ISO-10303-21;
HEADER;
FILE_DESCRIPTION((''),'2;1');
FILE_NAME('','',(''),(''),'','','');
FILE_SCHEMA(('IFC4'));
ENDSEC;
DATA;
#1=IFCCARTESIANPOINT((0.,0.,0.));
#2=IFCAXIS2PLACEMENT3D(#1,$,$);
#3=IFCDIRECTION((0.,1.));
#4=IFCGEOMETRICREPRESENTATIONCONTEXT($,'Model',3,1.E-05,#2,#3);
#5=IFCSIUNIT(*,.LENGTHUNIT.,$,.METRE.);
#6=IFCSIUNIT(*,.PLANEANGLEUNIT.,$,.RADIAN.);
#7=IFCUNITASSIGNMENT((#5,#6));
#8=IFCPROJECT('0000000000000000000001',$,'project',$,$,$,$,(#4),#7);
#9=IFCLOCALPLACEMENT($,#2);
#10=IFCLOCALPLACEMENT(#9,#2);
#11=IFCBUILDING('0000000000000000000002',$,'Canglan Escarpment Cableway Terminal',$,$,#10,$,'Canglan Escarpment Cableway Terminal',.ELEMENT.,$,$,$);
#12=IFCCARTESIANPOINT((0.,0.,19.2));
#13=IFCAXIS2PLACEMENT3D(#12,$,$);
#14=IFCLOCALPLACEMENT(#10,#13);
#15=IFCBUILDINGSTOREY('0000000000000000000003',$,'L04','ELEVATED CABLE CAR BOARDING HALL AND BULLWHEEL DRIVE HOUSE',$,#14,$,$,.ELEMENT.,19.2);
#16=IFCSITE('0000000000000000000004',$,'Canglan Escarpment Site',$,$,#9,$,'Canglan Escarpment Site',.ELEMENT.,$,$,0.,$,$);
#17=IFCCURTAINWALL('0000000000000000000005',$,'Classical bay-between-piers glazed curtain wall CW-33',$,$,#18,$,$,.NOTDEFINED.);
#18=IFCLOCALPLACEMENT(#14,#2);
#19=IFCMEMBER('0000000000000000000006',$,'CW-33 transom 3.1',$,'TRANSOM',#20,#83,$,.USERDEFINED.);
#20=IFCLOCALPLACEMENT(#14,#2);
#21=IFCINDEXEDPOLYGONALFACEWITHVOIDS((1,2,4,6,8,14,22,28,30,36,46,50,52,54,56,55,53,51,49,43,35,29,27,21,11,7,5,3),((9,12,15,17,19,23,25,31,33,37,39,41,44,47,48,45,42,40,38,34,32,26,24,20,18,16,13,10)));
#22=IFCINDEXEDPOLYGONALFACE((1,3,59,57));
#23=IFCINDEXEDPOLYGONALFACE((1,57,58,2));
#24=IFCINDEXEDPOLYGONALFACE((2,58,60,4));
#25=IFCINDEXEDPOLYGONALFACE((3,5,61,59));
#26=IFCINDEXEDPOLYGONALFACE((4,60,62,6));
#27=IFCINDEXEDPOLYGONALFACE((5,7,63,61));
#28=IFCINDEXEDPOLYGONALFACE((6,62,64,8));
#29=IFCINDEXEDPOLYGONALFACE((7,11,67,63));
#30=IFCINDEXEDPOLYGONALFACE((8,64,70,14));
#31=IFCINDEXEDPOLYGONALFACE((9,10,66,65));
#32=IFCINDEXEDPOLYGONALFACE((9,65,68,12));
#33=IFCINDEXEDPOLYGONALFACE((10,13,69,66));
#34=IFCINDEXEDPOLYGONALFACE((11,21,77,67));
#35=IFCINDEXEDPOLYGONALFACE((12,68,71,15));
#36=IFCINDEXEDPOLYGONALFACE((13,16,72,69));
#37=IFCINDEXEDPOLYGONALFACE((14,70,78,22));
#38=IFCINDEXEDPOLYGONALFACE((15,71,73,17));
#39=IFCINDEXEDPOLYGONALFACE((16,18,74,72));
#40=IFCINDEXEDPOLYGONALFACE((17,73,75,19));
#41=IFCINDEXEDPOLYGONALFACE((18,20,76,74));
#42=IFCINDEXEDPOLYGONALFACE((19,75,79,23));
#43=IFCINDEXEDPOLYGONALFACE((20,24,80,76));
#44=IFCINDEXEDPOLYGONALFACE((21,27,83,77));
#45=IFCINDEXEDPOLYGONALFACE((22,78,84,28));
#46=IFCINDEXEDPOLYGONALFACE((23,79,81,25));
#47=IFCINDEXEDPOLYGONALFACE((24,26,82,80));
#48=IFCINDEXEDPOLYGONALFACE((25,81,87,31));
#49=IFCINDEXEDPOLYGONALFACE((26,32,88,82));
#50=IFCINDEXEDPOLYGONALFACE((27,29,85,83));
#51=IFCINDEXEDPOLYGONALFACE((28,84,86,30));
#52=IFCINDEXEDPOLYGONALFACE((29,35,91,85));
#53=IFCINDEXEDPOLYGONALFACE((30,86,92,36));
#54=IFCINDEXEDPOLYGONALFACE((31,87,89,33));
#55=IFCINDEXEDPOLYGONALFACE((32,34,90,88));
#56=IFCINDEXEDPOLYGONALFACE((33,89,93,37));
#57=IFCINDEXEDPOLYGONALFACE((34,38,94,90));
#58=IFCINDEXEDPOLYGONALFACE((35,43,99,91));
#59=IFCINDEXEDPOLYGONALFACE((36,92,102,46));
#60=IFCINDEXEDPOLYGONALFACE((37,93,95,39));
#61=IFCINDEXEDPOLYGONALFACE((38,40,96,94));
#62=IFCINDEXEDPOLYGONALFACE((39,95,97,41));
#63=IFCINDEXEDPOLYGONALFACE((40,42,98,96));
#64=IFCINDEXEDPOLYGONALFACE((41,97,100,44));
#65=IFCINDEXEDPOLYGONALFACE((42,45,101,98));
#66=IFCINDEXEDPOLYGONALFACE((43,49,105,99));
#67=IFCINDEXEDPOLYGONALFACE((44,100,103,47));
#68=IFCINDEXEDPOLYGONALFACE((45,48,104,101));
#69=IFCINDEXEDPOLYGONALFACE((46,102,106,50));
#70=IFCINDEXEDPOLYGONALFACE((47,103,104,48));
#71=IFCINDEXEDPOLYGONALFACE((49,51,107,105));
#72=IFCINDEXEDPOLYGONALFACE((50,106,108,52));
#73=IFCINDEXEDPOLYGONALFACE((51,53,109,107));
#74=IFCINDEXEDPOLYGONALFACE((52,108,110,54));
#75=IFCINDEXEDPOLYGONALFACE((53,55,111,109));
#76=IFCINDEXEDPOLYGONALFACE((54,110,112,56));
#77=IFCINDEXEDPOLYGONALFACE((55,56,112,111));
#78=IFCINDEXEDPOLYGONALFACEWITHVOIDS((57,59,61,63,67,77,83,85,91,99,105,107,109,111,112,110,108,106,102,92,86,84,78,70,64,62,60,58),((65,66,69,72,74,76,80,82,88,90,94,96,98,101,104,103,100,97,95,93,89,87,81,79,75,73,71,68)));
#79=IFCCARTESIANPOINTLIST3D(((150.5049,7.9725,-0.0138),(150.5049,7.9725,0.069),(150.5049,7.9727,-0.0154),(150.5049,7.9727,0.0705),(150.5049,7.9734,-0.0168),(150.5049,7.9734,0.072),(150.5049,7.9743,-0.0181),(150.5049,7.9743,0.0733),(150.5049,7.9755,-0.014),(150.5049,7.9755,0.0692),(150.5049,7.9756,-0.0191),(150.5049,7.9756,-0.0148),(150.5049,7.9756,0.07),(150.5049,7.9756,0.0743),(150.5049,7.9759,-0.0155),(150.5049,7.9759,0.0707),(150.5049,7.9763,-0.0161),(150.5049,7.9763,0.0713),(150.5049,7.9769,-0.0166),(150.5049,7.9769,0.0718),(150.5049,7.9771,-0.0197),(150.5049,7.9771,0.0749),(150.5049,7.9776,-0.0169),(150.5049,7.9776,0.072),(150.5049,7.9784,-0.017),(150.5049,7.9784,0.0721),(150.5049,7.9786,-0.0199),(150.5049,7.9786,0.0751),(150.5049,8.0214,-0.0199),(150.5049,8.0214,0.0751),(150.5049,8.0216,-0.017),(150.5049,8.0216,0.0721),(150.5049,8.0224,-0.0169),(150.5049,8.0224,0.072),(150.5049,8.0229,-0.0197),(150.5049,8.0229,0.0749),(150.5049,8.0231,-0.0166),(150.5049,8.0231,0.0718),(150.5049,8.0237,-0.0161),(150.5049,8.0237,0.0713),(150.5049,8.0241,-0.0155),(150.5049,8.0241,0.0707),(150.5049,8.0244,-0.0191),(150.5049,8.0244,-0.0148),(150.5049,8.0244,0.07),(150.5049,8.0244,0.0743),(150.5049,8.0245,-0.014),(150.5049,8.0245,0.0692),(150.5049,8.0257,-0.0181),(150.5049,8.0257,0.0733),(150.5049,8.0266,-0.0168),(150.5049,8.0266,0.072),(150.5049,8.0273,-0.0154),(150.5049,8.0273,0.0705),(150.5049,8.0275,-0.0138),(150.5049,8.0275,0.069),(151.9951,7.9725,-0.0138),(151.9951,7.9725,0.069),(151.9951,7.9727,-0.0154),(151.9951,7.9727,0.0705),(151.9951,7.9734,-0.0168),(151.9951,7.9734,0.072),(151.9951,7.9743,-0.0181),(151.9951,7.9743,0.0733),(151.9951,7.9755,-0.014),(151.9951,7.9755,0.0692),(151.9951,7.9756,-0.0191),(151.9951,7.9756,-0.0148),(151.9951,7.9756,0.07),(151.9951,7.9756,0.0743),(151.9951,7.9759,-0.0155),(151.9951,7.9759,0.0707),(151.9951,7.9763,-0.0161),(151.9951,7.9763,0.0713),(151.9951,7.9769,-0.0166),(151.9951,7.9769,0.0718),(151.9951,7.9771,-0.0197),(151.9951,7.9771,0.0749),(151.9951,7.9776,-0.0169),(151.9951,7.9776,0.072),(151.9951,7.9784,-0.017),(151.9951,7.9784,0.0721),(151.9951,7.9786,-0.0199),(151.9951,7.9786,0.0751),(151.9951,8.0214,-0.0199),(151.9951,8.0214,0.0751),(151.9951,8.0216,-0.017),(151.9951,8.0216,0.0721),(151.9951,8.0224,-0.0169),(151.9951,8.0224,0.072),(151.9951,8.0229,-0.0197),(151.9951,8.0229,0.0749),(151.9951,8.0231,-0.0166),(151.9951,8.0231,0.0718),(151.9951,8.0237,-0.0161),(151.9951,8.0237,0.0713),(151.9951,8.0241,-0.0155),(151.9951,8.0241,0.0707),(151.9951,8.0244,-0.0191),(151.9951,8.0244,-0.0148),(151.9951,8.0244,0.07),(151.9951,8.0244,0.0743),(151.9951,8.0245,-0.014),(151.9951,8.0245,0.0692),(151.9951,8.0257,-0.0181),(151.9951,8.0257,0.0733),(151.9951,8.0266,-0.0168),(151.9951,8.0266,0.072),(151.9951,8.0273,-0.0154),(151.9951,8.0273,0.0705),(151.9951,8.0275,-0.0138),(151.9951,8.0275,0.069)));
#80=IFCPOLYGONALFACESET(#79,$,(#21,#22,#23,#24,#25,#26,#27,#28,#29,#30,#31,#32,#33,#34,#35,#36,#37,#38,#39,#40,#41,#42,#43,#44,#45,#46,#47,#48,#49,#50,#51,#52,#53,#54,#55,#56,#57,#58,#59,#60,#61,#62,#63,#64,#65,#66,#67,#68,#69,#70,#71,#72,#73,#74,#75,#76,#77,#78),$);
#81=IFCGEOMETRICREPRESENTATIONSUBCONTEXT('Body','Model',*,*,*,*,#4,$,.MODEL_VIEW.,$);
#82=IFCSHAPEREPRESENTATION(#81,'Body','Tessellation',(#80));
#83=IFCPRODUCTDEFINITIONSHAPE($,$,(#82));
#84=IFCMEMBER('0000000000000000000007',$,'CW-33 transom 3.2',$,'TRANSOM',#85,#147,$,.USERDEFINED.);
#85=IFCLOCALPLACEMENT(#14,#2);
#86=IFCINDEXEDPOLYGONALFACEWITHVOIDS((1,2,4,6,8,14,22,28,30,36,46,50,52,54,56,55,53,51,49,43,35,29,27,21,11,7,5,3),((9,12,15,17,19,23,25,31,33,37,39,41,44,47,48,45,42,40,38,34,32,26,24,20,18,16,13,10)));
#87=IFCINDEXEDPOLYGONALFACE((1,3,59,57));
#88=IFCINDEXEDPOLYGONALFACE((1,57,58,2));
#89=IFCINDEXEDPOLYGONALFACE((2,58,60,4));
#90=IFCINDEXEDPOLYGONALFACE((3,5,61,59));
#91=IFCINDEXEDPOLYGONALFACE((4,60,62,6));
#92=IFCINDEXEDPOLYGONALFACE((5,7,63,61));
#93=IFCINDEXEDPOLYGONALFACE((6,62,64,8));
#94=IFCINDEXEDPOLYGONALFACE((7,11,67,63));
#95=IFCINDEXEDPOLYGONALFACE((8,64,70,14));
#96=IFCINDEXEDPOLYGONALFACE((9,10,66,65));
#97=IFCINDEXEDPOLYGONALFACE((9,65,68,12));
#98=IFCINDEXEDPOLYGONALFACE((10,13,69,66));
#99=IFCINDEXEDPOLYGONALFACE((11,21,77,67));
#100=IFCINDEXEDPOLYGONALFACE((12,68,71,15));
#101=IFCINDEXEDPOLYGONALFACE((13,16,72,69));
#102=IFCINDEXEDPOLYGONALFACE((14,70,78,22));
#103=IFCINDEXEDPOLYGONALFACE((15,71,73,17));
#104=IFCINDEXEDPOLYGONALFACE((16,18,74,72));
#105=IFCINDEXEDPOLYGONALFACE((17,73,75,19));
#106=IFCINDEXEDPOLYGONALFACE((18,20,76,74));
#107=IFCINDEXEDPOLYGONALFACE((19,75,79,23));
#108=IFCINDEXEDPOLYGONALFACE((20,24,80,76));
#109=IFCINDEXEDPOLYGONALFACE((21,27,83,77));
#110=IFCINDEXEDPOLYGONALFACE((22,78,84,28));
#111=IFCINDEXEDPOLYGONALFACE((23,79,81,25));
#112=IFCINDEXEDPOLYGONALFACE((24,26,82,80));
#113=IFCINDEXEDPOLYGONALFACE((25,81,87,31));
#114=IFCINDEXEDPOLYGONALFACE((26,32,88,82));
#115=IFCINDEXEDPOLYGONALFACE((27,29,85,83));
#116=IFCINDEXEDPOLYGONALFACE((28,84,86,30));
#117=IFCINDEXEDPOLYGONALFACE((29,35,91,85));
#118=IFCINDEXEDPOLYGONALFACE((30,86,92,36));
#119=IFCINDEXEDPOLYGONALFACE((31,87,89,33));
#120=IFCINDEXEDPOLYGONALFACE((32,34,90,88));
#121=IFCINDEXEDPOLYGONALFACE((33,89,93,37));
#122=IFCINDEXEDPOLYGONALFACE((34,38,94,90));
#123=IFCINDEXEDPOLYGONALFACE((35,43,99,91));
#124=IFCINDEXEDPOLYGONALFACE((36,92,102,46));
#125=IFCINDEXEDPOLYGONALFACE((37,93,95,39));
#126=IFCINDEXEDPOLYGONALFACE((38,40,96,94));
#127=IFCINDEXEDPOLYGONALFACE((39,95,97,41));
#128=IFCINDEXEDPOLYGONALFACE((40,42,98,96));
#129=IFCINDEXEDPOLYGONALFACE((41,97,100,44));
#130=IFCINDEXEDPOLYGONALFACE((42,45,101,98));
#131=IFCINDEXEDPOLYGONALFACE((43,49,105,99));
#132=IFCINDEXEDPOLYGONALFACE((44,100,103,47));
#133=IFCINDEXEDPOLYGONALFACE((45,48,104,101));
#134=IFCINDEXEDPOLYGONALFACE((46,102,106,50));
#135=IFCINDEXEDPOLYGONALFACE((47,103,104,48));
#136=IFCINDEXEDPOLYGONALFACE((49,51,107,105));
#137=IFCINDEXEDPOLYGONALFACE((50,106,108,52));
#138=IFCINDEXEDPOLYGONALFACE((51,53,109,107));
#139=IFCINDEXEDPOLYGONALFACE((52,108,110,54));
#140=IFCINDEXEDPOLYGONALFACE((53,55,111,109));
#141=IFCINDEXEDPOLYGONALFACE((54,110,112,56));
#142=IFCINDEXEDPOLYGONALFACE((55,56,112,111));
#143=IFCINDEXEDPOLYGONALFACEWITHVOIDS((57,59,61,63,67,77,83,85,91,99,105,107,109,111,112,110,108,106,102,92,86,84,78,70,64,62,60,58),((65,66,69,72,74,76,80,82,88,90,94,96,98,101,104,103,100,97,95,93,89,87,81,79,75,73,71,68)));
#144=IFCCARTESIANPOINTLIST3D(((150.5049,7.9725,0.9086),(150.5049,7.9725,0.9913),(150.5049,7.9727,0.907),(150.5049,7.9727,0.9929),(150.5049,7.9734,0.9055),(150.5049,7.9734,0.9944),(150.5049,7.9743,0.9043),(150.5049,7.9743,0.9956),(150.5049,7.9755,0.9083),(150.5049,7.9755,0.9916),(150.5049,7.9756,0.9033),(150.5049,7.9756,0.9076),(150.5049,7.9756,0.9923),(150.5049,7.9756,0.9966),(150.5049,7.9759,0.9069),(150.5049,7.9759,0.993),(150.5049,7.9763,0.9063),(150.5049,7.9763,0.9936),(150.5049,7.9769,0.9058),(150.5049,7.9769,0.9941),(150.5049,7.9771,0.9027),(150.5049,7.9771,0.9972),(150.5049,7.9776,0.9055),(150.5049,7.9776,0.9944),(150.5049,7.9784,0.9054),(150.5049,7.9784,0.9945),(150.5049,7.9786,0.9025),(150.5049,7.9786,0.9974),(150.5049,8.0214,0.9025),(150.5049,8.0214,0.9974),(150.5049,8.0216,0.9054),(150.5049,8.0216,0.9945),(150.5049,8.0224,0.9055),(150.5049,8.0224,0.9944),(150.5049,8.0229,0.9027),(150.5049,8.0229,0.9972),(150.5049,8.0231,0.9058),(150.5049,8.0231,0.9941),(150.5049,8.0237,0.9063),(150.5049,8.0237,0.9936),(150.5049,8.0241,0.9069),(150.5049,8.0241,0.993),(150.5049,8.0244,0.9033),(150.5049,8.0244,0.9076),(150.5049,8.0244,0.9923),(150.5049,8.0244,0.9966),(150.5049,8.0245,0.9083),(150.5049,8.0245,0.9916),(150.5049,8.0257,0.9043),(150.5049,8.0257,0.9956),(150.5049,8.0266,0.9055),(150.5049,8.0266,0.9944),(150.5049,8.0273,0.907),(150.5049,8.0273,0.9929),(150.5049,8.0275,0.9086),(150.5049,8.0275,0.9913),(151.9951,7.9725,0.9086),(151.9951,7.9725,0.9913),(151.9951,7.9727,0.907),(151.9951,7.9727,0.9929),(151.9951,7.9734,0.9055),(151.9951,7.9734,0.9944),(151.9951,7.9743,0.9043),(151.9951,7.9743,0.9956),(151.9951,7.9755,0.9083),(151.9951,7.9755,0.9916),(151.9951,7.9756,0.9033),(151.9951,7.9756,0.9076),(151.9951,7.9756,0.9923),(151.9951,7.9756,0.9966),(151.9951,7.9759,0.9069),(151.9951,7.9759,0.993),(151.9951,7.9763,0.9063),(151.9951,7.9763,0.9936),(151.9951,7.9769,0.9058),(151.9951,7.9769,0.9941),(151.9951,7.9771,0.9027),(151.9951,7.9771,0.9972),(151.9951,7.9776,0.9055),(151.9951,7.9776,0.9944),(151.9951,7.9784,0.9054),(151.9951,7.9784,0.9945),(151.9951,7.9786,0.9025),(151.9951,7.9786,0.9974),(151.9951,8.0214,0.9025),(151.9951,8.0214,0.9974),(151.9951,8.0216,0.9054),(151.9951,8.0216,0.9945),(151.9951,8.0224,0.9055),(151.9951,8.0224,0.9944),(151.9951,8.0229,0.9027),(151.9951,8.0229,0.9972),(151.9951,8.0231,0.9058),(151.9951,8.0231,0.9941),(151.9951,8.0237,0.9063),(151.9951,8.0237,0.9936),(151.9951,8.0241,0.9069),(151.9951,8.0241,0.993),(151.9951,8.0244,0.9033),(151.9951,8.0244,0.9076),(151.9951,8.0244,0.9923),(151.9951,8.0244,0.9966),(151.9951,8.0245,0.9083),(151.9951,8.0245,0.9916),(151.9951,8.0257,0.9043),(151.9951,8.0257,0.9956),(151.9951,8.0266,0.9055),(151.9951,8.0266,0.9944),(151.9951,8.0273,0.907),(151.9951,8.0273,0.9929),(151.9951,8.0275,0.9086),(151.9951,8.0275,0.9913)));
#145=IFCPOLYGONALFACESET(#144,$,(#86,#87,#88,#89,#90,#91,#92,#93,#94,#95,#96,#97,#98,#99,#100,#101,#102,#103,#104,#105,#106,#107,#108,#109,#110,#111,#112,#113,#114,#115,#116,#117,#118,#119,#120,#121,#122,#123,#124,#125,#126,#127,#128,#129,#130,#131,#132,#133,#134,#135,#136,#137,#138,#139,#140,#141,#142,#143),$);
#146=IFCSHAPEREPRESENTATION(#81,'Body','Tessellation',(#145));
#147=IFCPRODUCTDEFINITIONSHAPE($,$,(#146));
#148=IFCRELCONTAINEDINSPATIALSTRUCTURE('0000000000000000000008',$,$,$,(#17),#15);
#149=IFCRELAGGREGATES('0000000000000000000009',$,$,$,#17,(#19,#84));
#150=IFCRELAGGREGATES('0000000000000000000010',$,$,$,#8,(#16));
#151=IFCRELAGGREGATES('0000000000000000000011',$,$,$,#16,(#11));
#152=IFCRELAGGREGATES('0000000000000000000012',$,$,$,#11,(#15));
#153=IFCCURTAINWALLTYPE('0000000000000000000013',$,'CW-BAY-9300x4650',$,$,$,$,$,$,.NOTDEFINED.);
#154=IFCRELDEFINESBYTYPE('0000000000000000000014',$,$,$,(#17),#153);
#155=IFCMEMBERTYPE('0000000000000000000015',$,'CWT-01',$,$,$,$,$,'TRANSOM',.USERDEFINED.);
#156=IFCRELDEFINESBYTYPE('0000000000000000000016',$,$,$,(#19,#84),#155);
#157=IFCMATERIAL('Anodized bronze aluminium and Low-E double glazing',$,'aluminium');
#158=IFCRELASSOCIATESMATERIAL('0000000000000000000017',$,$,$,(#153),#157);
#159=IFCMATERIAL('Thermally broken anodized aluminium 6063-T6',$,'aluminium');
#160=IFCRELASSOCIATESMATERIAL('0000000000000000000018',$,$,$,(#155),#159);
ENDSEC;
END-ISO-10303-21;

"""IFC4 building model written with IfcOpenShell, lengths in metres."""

from ifc_helpers import new_model, si_unit, direction, frame, origin, origin_2d, place, context, subcontext, project, spatial, hollow_rectangle, extrude, material, material_profile, profile_set, type_object, element, aggregate, save


model = new_model("IFC4")

# Units and contexts
model_context = context("Model", 3, precision=1e-05, world=origin(), true_north=direction((0.0, 1.0)))
body_context = subcontext(model_context, "Body", "Model", "MODEL_VIEW")
ifc_project = project(units=[si_unit("LENGTHUNIT", "METRE"), si_unit("PLANEANGLEUNIT", "RADIAN")], contexts=[model_context])

# Site, building, storey
site_placement = place(None, origin())
site = spatial("IfcSite", under=ifc_project, at=site_placement, Name="Canglan Escarpment Site", LongName="Canglan Escarpment Site", CompositionType="ELEMENT", RefElevation=0.0)
building_placement = place(site_placement, origin())
building = spatial("IfcBuilding", under=site, at=building_placement, Name="Canglan Escarpment Cableway Terminal", LongName="Canglan Escarpment Cableway Terminal", CompositionType="ELEMENT")
storey_placement = place(building_placement, frame((0.0, 0.0, 19.2)))
storey = spatial("IfcBuildingStorey", under=building, at=storey_placement, Name="L04", Description="ELEVATED CABLE CAR BOARDING HALL AND BULLWHEEL DRIVE HOUSE", CompositionType="ELEMENT", Elevation=19.2)

# Curtain wall, members
ifc_material_1 = material(Name="Anodized bronze aluminium and Low-E double glazing", Category="aluminium")
curtain_wall_type = type_object("IfcCurtainWallType", Name="CW-BAY-9300x4650", PredefinedType="NOTDEFINED", material=ifc_material_1)
curtain_wall_placement = place(storey_placement, origin())
curtain_wall = element("IfcCurtainWall", 1, at=curtain_wall_placement, inside=storey, type_object=curtain_wall_type, Name="Classical bay-between-piers glazed curtain wall CW-33", PredefinedType="NOTDEFINED")
ifc_material_2 = material(Name="Thermally broken anodized aluminium 6063-T6", Category="aluminium")
ifc_material_profile_1 = material_profile(ifc_material_2, hollow_rectangle(XDim=0.0549, YDim=0.095, WallThickness=0.0029, InnerFilletRadius=0.0029, OuterFilletRadius=0.0061, at=origin_2d()), Name="ALU-TRAN 55x95x3")
ifc_profile_set_1 = profile_set([ifc_material_profile_1], Name="Thermally broken anodized aluminium 6063-T6")
member_type_1 = type_object("IfcMemberType", Name="CWT-01", ElementType="TRANSOM", PredefinedType="USERDEFINED", material=ifc_profile_set_1)
member_1_placement = place(storey_placement, frame((150.5049, 8.0, 0.0276), z_axis=(1.0, 0.0, 0.0), x_axis=(0.0, 1.0, 0.0)))
member_1 = element("IfcMember", 2, at=member_1_placement, type_object=member_type_1, Name="CW-33 transom 3.1", ObjectType="TRANSOM", PredefinedType="USERDEFINED", context=body_context, shape_type="SweptSolid", body=[
    extrude(hollow_rectangle(XDim=0.0549, YDim=0.095, WallThickness=0.0029, InnerFilletRadius=0.0029, OuterFilletRadius=0.0061, at=origin_2d()), origin(), (0.0, 0.0, 1.0), 1.4902),
])
member_2_placement = place(storey_placement, frame((150.5049, 8.0, 0.95), z_axis=(1.0, 0.0, 0.0), x_axis=(0.0, 1.0, 0.0)))
member_2 = element("IfcMember", 3, at=member_2_placement, type_object=member_type_1, Name="CW-33 transom 3.2", ObjectType="TRANSOM", PredefinedType="USERDEFINED", context=body_context, shape_type="SweptSolid", body=[
    extrude(hollow_rectangle(XDim=0.0549, YDim=0.095, WallThickness=0.0029, InnerFilletRadius=0.0029, OuterFilletRadius=0.0061, at=origin_2d()), origin(), (0.0, 0.0, 1.0), 1.4902),
])
aggregate(curtain_wall, [member_1, member_2])

save(model, "model.ifc")
